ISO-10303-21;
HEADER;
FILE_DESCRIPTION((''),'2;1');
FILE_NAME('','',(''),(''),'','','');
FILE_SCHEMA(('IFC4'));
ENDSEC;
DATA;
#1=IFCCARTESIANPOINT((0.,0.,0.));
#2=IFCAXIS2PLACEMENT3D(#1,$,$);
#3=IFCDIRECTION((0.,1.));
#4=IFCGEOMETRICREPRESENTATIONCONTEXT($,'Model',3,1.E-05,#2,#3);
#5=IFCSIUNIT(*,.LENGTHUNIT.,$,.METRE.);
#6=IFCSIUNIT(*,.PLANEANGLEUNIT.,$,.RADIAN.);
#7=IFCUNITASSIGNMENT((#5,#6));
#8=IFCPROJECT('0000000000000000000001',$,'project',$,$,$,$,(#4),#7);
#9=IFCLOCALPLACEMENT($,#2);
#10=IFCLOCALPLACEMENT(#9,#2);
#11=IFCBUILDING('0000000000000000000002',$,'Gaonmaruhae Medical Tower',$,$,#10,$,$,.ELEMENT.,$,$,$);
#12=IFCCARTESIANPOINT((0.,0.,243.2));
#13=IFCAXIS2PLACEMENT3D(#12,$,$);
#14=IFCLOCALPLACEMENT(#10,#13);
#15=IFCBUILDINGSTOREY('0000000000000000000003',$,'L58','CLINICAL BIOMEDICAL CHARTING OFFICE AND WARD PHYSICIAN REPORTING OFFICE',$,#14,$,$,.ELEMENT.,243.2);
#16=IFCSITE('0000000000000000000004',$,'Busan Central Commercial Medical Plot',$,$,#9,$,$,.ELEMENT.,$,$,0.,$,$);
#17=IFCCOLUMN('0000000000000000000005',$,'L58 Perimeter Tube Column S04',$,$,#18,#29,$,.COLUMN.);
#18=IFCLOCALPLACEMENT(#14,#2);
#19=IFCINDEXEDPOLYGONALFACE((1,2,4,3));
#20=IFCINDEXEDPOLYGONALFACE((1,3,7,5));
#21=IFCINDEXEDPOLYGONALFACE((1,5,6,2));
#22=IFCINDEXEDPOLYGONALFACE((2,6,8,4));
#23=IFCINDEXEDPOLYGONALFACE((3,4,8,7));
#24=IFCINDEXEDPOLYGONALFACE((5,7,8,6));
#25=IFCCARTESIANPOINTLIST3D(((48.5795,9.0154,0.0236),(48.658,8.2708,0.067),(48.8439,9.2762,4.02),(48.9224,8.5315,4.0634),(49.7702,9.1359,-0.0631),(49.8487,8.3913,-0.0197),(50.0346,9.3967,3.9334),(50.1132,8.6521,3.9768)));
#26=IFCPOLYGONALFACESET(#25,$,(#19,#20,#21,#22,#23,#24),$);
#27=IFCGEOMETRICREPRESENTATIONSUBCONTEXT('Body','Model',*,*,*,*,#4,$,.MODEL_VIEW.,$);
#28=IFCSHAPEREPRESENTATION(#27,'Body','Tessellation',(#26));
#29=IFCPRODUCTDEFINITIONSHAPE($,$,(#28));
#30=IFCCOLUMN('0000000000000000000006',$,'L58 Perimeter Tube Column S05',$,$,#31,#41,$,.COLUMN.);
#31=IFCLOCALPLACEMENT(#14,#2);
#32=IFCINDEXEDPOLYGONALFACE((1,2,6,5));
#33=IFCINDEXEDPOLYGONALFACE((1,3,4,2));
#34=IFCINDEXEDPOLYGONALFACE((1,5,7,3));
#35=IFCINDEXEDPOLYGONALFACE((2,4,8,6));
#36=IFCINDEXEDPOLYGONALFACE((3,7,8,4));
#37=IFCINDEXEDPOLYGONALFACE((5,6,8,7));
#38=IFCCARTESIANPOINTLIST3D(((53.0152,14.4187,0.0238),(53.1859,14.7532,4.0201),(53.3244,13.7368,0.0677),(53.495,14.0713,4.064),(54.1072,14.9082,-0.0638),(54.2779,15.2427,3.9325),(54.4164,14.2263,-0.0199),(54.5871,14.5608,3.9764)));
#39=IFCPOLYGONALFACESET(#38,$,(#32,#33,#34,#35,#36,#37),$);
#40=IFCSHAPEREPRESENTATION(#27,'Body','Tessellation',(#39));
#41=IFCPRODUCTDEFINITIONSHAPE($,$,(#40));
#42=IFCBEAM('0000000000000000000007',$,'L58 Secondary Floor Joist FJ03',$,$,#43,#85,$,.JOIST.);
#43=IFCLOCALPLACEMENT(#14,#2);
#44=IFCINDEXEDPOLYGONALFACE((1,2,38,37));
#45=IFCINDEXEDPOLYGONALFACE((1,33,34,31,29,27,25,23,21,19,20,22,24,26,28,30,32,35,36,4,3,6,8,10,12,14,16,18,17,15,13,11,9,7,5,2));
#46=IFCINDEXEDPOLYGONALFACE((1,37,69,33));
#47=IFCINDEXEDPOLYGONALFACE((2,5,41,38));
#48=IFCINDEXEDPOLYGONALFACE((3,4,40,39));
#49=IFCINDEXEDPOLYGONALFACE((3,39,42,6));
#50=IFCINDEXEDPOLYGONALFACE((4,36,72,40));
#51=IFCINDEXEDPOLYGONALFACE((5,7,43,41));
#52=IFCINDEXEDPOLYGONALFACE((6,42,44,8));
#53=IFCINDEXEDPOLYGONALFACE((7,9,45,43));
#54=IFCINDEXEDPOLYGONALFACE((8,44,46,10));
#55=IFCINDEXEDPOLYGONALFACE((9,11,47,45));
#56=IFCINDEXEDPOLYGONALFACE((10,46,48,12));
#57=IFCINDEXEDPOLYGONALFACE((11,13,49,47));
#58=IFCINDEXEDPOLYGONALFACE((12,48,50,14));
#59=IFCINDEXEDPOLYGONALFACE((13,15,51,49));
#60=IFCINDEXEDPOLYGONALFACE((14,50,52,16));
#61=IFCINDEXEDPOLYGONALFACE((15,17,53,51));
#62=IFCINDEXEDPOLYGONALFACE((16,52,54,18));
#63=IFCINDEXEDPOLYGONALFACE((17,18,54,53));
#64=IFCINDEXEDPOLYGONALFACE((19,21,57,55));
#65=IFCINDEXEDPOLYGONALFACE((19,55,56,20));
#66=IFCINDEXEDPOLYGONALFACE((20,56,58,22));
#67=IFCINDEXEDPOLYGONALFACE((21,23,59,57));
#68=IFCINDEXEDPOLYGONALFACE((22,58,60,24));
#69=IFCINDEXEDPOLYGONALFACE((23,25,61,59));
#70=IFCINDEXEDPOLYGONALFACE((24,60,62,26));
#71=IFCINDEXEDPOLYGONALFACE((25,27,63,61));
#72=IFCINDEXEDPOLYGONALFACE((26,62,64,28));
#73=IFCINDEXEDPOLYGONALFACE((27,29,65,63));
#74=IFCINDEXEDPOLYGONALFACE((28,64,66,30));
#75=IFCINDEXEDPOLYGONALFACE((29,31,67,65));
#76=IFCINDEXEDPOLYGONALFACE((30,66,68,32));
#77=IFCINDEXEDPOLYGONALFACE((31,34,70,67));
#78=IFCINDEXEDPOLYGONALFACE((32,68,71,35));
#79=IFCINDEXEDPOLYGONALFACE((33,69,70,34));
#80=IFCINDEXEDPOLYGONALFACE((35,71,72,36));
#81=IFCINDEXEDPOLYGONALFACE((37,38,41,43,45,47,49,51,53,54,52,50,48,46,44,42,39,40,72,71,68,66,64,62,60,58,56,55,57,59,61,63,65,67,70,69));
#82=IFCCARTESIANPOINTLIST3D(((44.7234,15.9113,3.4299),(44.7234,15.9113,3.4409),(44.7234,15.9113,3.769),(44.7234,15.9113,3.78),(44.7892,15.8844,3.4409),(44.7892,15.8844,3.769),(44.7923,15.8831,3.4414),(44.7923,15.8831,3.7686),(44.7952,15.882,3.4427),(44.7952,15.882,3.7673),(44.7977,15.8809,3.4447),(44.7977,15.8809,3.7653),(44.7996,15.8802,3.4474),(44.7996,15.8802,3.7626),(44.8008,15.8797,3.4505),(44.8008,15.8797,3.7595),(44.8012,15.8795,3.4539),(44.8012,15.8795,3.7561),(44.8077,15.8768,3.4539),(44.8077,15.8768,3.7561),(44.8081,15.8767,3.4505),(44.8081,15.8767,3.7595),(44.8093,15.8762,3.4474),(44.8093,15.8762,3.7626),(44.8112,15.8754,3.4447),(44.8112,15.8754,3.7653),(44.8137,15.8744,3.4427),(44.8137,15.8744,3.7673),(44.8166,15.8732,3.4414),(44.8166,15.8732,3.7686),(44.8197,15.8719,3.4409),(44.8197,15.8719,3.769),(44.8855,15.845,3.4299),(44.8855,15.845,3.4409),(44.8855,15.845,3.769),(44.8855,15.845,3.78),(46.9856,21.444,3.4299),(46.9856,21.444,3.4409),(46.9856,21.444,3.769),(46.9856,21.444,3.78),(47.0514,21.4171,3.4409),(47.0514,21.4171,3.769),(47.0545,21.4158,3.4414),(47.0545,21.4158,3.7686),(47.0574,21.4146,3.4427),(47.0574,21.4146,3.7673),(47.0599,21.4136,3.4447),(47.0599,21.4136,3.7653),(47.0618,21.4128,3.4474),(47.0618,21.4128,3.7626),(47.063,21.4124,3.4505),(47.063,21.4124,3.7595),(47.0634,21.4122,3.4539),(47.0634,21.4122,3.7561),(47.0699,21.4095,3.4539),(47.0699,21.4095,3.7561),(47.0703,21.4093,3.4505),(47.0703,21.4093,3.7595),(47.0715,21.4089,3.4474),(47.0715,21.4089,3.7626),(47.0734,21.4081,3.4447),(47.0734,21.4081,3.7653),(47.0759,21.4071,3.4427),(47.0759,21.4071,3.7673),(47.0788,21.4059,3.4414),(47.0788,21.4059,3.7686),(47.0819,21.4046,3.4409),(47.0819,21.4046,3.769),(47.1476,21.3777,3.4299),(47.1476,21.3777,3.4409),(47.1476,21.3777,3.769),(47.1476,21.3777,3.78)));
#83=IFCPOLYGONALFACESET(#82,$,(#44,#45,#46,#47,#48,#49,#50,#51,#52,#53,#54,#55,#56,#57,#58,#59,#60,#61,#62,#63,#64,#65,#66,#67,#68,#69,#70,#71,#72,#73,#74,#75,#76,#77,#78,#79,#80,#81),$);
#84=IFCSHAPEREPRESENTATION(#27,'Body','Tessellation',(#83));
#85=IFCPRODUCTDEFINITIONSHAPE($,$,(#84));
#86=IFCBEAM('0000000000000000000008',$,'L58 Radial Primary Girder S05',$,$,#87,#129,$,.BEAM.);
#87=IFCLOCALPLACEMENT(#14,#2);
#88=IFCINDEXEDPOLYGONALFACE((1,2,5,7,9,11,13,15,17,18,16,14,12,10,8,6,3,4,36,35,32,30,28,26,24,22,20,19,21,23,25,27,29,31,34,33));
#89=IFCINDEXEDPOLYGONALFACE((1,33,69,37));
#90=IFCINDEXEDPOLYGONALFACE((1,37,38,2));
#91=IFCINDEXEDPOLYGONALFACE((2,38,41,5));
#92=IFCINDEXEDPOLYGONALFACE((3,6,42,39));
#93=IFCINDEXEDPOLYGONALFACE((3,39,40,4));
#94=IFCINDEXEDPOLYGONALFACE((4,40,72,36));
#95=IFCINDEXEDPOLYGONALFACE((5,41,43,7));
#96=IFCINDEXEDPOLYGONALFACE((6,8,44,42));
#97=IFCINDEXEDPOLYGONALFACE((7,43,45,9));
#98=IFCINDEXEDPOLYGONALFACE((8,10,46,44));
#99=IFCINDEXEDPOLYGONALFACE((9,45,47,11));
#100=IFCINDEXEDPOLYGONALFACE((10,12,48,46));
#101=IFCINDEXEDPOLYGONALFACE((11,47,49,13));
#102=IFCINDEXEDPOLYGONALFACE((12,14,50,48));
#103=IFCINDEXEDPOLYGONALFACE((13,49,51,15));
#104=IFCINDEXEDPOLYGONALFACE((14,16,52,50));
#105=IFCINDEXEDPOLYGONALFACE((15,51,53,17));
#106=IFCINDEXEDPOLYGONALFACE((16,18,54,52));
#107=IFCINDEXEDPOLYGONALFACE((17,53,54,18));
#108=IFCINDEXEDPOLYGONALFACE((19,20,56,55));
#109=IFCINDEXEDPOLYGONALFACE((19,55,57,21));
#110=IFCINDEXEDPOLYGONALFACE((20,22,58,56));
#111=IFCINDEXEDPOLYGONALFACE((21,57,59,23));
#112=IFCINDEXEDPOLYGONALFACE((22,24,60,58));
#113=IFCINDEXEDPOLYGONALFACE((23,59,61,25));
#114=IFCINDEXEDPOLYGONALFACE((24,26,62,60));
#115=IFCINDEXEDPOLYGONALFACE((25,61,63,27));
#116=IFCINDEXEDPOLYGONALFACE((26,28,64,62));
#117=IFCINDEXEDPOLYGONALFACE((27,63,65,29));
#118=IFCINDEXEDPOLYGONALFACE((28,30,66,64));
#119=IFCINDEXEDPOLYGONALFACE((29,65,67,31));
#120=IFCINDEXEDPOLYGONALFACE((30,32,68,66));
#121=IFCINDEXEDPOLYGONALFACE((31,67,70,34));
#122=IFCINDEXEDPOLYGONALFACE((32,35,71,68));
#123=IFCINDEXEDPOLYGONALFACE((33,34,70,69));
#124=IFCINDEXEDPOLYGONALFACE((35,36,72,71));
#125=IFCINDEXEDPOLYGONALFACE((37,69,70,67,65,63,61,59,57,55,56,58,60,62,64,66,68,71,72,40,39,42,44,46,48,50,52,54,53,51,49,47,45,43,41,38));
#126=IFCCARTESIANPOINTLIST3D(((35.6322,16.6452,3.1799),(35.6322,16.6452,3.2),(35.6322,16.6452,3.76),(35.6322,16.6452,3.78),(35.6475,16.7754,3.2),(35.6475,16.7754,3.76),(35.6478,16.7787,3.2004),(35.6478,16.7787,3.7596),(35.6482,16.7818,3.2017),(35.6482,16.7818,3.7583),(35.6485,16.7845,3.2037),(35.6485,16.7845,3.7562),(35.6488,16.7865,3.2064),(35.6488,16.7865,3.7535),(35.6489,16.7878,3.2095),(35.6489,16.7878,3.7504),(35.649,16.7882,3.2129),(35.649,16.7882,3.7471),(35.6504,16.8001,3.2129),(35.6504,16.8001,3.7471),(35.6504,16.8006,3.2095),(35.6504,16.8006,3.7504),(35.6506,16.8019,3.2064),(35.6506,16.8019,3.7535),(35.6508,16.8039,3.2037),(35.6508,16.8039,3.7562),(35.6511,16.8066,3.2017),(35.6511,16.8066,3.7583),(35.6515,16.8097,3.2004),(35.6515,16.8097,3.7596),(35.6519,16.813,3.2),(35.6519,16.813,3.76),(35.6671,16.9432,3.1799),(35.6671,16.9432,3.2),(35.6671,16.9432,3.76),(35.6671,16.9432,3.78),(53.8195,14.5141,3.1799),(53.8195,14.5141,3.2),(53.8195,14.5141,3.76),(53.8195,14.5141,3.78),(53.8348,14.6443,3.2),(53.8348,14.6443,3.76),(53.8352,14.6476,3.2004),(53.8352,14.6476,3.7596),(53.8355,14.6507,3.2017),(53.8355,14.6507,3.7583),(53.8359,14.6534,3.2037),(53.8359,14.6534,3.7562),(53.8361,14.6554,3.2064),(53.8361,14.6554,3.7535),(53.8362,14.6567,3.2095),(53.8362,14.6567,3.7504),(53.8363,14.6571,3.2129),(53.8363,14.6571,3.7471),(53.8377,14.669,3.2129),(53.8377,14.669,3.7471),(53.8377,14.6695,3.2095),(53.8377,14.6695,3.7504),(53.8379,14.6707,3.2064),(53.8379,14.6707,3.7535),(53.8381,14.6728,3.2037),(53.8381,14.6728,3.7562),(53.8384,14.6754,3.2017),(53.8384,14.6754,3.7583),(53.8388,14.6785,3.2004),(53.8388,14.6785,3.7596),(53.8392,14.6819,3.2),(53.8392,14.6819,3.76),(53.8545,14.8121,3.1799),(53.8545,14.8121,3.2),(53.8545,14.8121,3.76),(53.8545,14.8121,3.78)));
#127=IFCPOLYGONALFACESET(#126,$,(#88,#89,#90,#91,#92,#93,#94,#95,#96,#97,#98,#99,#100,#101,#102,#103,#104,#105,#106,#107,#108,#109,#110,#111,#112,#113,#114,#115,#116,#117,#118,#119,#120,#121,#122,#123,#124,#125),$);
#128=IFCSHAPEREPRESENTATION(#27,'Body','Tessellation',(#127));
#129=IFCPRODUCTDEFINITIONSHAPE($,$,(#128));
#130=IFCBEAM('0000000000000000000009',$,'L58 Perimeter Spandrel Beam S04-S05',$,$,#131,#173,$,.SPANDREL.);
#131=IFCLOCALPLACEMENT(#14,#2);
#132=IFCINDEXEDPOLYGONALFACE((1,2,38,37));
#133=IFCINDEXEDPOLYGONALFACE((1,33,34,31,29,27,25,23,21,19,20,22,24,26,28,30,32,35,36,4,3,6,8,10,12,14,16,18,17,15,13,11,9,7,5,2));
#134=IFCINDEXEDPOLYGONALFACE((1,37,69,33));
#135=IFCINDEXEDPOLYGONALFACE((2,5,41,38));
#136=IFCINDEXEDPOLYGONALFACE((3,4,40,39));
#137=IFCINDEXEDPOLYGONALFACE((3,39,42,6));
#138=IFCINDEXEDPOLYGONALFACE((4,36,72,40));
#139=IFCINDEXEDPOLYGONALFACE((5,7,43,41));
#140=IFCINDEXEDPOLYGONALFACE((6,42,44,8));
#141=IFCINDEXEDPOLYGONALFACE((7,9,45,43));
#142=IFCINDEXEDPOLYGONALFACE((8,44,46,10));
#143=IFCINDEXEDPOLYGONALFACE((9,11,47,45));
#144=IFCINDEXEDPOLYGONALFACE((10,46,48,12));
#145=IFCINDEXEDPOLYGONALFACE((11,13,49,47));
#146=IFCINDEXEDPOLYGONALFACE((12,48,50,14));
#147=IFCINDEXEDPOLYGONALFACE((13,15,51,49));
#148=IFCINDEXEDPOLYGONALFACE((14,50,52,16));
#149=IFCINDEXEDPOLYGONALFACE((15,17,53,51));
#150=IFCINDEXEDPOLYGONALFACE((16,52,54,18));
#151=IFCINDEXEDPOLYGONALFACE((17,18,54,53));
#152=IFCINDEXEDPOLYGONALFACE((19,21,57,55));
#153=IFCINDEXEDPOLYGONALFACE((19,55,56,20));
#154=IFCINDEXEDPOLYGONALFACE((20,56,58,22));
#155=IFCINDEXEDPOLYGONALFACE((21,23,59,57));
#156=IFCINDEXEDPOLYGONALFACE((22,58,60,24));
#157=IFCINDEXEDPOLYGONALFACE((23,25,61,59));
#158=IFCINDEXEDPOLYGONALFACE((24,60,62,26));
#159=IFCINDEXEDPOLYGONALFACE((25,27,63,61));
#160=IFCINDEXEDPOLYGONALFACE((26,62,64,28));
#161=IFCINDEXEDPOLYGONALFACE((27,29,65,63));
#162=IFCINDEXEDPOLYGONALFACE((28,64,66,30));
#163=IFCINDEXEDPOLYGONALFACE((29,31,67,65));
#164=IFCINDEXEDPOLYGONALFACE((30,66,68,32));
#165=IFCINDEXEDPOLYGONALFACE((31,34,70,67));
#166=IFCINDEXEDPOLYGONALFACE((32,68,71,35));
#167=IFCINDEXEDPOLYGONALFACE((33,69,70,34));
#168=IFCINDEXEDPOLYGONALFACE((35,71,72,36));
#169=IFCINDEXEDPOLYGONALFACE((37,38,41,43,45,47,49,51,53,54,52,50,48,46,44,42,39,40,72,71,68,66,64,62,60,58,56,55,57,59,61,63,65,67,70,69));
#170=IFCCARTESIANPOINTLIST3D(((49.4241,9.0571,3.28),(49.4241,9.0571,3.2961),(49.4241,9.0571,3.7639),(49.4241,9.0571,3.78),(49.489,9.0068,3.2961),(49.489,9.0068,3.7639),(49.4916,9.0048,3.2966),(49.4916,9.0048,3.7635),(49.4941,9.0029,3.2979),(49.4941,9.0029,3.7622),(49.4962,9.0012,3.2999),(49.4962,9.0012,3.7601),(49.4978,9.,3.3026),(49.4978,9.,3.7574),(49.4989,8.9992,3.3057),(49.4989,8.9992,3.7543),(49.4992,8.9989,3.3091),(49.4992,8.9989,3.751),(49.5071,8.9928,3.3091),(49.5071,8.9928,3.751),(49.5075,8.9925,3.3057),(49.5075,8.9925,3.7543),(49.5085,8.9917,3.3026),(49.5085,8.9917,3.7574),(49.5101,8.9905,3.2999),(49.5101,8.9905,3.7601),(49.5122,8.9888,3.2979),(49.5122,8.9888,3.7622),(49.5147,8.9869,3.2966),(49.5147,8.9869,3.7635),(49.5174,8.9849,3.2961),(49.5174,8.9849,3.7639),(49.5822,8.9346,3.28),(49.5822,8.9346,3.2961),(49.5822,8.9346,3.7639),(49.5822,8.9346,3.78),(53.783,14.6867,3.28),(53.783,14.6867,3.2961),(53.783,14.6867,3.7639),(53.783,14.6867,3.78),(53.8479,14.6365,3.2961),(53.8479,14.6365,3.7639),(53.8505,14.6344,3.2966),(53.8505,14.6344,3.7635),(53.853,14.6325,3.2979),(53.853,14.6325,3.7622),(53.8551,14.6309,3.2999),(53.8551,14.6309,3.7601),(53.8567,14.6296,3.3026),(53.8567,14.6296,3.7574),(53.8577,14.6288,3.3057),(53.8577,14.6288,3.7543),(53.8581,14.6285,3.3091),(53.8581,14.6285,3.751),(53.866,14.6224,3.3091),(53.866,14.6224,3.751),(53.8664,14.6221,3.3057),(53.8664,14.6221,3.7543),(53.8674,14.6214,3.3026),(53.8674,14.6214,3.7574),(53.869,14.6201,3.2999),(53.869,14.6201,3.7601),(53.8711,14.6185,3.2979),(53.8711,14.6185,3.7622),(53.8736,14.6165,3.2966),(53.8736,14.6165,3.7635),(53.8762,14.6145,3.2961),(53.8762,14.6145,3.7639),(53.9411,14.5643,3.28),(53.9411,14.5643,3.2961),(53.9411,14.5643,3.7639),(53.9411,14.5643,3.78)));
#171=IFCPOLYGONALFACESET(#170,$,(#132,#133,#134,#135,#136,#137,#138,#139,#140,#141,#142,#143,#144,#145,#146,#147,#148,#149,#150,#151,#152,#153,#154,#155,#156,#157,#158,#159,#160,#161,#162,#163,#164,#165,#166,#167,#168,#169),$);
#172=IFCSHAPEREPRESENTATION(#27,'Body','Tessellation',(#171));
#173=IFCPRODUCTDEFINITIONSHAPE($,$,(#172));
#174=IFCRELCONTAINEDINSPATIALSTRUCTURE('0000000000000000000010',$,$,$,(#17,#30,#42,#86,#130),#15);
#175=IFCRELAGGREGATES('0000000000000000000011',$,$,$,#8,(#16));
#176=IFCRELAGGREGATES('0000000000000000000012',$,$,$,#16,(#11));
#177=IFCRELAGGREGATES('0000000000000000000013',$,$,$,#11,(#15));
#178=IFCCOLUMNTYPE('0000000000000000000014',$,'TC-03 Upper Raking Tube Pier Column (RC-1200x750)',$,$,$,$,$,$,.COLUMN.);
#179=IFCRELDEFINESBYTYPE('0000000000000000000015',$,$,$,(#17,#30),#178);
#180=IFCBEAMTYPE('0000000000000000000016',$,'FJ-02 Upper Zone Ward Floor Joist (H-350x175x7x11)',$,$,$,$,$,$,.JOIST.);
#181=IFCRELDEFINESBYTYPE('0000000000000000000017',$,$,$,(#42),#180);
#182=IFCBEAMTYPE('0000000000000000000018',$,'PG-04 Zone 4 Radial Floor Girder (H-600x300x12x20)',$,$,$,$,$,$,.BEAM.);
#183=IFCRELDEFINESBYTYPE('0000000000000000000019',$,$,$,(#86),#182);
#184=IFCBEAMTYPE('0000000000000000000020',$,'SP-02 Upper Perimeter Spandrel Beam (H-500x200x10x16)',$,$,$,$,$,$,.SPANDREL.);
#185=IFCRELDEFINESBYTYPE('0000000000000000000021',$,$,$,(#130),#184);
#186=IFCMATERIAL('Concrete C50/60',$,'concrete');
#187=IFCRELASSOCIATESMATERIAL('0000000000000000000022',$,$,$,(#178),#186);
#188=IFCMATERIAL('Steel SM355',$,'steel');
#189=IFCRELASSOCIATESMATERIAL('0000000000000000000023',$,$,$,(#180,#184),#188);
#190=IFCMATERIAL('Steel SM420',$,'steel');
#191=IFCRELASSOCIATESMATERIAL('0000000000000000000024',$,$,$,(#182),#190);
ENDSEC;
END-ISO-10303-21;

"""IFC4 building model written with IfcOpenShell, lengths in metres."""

from ifc_helpers import new_model, si_unit, direction, frame, origin, origin_2d, place, context, subcontext, project, spatial, rectangle, i_section, extrude, material, material_profile, profile_set, type_object, element, save


model = new_model("IFC4")

# Units and contexts
model_context = context("Model", 3, precision=1e-05, world=origin(), true_north=direction((0.0, 1.0)))
body_context = subcontext(model_context, "Body", "Model", "MODEL_VIEW")
ifc_project = project(units=[si_unit("LENGTHUNIT", "METRE"), si_unit("PLANEANGLEUNIT", "RADIAN")], contexts=[model_context])

# Site, building, storey
site_placement = place(None, origin())
site = spatial("IfcSite", under=ifc_project, at=site_placement, Name="Busan Central Commercial Medical Plot", CompositionType="ELEMENT", RefElevation=0.0)
building_placement = place(site_placement, origin())
building = spatial("IfcBuilding", under=site, at=building_placement, Name="Gaonmaruhae Medical Tower", CompositionType="ELEMENT")
storey_placement = place(building_placement, frame((0.0, 0.0, 243.2)))
storey = spatial("IfcBuildingStorey", under=building, at=storey_placement, Name="L58", Description="CLINICAL BIOMEDICAL CHARTING OFFICE AND WARD PHYSICIAN REPORTING OFFICE", CompositionType="ELEMENT", Elevation=243.2)

# Columns
ifc_material_1 = material(Name="Concrete C50/60", Category="concrete")
ifc_material_profile_1 = material_profile(ifc_material_1, rectangle(XDim=1.2, YDim=0.75, at=origin_2d()), Name="RC-1200x750")
ifc_profile_set_1 = profile_set([ifc_material_profile_1], Name="Concrete C50/60")
column_type = type_object("IfcColumnType", Name="TC-03 Upper Raking Tube Pier Column (RC-1200x750)", PredefinedType="COLUMN", material=ifc_profile_set_1)
column_1_placement = place(storey_placement, frame((49.2141, 8.7034, 0.002), z_axis=(0.065878, 0.064965, 0.995711), x_axis=(-0.992318, -0.10045, 0.072207)))
element("IfcColumn", 1, at=column_1_placement, inside=storey, type_object=column_type, Name="L58 Perimeter Tube Column S04", PredefinedType="COLUMN", context=body_context, shape_type="SweptSolid", body=[
    extrude(rectangle(XDim=1.2, YDim=0.75, at=origin_2d()), origin(), (0.0, 0.0, 1.0), 4.0137),
])
column_2_placement = place(storey_placement, frame((53.7158, 14.3225, 0.002), z_axis=(0.042515, 0.083328, 0.995615), x_axis=(-0.910074, -0.407964, 0.073007)))
element("IfcColumn", 2, at=column_2_placement, inside=storey, type_object=column_type, Name="L58 Perimeter Tube Column S05", PredefinedType="COLUMN", context=body_context, shape_type="SweptSolid", body=[
    extrude(rectangle(XDim=1.2, YDim=0.75, at=origin_2d()), origin(), (0.0, 0.0, 1.0), 4.0139),
])

# Beams
ifc_material_2 = material(Name="Steel SM355", Category="steel")
ifc_material_profile_2 = material_profile(ifc_material_2, i_section(OverallWidth=0.175, OverallDepth=0.3501, WebThickness=0.0071, FlangeThickness=0.011, FilletRadius=0.0129, at=origin_2d()), Name="H-350x175x7x11")
ifc_profile_set_2 = profile_set([ifc_material_profile_2], Name="Steel SM355")
beam_type_1 = type_object("IfcBeamType", Name="FJ-02 Upper Zone Ward Floor Joist (H-350x175x7x11)", PredefinedType="JOIST", material=ifc_profile_set_2)
beam_1_placement = place(storey_placement, frame((44.8044, 15.8782, 3.605), z_axis=(0.378464, 0.925616, 0.0), x_axis=(-0.925616, 0.378464, 0.0)))
element("IfcBeam", 3, at=beam_1_placement, inside=storey, type_object=beam_type_1, Name="L58 Secondary Floor Joist FJ03", PredefinedType="JOIST", context=body_context, shape_type="SweptSolid", body=[
    extrude(i_section(OverallWidth=0.175, OverallDepth=0.3501, WebThickness=0.0071, FlangeThickness=0.011, FilletRadius=0.0129, at=origin_2d()), origin(), (0.0, 0.0, 1.0), 5.9773),
])
ifc_material_3 = material(Name="Steel SM420", Category="steel")
ifc_material_profile_3 = material_profile(ifc_material_3, i_section(OverallWidth=0.3, OverallDepth=0.6001, WebThickness=0.012, FlangeThickness=0.02, FilletRadius=0.0129, at=origin_2d()), Name="H-600x300x12x20")
ifc_profile_set_3 = profile_set([ifc_material_profile_3], Name="Steel SM420")
beam_type_2 = type_object("IfcBeamType", Name="PG-04 Zone 4 Radial Floor Girder (H-600x300x12x20)", PredefinedType="BEAM", material=ifc_profile_set_3)
beam_2_placement = place(storey_placement, frame((35.6497, 16.7942, 3.48), z_axis=(0.993205, -0.116379, 0.0), x_axis=(0.116379, 0.993205, 0.0)))
element("IfcBeam", 4, at=beam_2_placement, inside=storey, type_object=beam_type_2, Name="L58 Radial Primary Girder S05", PredefinedType="BEAM", context=body_context, shape_type="SweptSolid", body=[
    extrude(i_section(OverallWidth=0.3, OverallDepth=0.6001, WebThickness=0.012, FlangeThickness=0.02, FilletRadius=0.0129, at=origin_2d()), origin(), (0.0, 0.0, 1.0), 18.3118),
])
ifc_material_profile_4 = material_profile(ifc_material_2, i_section(OverallWidth=0.2, OverallDepth=0.5, WebThickness=0.01, FlangeThickness=0.0161, FilletRadius=0.0129, at=origin_2d()), Name="H-500x200x10x16")
ifc_profile_set_4 = profile_set([ifc_material_profile_4], Name="Steel SM355")
beam_type_3 = type_object("IfcBeamType", Name="SP-02 Upper Perimeter Spandrel Beam (H-500x200x10x16)", PredefinedType="SPANDREL", material=ifc_profile_set_4)
beam_3_placement = place(storey_placement, frame((49.5032, 8.9958, 3.53), z_axis=(0.612213, 0.790693, 0.0), x_axis=(-0.790693, 0.612213, 0.0)))
element("IfcBeam", 5, at=beam_3_placement, inside=storey, type_object=beam_type_3, Name="L58 Perimeter Spandrel Beam S04-S05", PredefinedType="SPANDREL", context=body_context, shape_type="SweptSolid", body=[
    extrude(i_section(OverallWidth=0.2, OverallDepth=0.5, WebThickness=0.01, FlangeThickness=0.0161, FilletRadius=0.0129, at=origin_2d()), origin(), (0.0, 0.0, 1.0), 7.1199),
])

save(model, "model.ifc")
